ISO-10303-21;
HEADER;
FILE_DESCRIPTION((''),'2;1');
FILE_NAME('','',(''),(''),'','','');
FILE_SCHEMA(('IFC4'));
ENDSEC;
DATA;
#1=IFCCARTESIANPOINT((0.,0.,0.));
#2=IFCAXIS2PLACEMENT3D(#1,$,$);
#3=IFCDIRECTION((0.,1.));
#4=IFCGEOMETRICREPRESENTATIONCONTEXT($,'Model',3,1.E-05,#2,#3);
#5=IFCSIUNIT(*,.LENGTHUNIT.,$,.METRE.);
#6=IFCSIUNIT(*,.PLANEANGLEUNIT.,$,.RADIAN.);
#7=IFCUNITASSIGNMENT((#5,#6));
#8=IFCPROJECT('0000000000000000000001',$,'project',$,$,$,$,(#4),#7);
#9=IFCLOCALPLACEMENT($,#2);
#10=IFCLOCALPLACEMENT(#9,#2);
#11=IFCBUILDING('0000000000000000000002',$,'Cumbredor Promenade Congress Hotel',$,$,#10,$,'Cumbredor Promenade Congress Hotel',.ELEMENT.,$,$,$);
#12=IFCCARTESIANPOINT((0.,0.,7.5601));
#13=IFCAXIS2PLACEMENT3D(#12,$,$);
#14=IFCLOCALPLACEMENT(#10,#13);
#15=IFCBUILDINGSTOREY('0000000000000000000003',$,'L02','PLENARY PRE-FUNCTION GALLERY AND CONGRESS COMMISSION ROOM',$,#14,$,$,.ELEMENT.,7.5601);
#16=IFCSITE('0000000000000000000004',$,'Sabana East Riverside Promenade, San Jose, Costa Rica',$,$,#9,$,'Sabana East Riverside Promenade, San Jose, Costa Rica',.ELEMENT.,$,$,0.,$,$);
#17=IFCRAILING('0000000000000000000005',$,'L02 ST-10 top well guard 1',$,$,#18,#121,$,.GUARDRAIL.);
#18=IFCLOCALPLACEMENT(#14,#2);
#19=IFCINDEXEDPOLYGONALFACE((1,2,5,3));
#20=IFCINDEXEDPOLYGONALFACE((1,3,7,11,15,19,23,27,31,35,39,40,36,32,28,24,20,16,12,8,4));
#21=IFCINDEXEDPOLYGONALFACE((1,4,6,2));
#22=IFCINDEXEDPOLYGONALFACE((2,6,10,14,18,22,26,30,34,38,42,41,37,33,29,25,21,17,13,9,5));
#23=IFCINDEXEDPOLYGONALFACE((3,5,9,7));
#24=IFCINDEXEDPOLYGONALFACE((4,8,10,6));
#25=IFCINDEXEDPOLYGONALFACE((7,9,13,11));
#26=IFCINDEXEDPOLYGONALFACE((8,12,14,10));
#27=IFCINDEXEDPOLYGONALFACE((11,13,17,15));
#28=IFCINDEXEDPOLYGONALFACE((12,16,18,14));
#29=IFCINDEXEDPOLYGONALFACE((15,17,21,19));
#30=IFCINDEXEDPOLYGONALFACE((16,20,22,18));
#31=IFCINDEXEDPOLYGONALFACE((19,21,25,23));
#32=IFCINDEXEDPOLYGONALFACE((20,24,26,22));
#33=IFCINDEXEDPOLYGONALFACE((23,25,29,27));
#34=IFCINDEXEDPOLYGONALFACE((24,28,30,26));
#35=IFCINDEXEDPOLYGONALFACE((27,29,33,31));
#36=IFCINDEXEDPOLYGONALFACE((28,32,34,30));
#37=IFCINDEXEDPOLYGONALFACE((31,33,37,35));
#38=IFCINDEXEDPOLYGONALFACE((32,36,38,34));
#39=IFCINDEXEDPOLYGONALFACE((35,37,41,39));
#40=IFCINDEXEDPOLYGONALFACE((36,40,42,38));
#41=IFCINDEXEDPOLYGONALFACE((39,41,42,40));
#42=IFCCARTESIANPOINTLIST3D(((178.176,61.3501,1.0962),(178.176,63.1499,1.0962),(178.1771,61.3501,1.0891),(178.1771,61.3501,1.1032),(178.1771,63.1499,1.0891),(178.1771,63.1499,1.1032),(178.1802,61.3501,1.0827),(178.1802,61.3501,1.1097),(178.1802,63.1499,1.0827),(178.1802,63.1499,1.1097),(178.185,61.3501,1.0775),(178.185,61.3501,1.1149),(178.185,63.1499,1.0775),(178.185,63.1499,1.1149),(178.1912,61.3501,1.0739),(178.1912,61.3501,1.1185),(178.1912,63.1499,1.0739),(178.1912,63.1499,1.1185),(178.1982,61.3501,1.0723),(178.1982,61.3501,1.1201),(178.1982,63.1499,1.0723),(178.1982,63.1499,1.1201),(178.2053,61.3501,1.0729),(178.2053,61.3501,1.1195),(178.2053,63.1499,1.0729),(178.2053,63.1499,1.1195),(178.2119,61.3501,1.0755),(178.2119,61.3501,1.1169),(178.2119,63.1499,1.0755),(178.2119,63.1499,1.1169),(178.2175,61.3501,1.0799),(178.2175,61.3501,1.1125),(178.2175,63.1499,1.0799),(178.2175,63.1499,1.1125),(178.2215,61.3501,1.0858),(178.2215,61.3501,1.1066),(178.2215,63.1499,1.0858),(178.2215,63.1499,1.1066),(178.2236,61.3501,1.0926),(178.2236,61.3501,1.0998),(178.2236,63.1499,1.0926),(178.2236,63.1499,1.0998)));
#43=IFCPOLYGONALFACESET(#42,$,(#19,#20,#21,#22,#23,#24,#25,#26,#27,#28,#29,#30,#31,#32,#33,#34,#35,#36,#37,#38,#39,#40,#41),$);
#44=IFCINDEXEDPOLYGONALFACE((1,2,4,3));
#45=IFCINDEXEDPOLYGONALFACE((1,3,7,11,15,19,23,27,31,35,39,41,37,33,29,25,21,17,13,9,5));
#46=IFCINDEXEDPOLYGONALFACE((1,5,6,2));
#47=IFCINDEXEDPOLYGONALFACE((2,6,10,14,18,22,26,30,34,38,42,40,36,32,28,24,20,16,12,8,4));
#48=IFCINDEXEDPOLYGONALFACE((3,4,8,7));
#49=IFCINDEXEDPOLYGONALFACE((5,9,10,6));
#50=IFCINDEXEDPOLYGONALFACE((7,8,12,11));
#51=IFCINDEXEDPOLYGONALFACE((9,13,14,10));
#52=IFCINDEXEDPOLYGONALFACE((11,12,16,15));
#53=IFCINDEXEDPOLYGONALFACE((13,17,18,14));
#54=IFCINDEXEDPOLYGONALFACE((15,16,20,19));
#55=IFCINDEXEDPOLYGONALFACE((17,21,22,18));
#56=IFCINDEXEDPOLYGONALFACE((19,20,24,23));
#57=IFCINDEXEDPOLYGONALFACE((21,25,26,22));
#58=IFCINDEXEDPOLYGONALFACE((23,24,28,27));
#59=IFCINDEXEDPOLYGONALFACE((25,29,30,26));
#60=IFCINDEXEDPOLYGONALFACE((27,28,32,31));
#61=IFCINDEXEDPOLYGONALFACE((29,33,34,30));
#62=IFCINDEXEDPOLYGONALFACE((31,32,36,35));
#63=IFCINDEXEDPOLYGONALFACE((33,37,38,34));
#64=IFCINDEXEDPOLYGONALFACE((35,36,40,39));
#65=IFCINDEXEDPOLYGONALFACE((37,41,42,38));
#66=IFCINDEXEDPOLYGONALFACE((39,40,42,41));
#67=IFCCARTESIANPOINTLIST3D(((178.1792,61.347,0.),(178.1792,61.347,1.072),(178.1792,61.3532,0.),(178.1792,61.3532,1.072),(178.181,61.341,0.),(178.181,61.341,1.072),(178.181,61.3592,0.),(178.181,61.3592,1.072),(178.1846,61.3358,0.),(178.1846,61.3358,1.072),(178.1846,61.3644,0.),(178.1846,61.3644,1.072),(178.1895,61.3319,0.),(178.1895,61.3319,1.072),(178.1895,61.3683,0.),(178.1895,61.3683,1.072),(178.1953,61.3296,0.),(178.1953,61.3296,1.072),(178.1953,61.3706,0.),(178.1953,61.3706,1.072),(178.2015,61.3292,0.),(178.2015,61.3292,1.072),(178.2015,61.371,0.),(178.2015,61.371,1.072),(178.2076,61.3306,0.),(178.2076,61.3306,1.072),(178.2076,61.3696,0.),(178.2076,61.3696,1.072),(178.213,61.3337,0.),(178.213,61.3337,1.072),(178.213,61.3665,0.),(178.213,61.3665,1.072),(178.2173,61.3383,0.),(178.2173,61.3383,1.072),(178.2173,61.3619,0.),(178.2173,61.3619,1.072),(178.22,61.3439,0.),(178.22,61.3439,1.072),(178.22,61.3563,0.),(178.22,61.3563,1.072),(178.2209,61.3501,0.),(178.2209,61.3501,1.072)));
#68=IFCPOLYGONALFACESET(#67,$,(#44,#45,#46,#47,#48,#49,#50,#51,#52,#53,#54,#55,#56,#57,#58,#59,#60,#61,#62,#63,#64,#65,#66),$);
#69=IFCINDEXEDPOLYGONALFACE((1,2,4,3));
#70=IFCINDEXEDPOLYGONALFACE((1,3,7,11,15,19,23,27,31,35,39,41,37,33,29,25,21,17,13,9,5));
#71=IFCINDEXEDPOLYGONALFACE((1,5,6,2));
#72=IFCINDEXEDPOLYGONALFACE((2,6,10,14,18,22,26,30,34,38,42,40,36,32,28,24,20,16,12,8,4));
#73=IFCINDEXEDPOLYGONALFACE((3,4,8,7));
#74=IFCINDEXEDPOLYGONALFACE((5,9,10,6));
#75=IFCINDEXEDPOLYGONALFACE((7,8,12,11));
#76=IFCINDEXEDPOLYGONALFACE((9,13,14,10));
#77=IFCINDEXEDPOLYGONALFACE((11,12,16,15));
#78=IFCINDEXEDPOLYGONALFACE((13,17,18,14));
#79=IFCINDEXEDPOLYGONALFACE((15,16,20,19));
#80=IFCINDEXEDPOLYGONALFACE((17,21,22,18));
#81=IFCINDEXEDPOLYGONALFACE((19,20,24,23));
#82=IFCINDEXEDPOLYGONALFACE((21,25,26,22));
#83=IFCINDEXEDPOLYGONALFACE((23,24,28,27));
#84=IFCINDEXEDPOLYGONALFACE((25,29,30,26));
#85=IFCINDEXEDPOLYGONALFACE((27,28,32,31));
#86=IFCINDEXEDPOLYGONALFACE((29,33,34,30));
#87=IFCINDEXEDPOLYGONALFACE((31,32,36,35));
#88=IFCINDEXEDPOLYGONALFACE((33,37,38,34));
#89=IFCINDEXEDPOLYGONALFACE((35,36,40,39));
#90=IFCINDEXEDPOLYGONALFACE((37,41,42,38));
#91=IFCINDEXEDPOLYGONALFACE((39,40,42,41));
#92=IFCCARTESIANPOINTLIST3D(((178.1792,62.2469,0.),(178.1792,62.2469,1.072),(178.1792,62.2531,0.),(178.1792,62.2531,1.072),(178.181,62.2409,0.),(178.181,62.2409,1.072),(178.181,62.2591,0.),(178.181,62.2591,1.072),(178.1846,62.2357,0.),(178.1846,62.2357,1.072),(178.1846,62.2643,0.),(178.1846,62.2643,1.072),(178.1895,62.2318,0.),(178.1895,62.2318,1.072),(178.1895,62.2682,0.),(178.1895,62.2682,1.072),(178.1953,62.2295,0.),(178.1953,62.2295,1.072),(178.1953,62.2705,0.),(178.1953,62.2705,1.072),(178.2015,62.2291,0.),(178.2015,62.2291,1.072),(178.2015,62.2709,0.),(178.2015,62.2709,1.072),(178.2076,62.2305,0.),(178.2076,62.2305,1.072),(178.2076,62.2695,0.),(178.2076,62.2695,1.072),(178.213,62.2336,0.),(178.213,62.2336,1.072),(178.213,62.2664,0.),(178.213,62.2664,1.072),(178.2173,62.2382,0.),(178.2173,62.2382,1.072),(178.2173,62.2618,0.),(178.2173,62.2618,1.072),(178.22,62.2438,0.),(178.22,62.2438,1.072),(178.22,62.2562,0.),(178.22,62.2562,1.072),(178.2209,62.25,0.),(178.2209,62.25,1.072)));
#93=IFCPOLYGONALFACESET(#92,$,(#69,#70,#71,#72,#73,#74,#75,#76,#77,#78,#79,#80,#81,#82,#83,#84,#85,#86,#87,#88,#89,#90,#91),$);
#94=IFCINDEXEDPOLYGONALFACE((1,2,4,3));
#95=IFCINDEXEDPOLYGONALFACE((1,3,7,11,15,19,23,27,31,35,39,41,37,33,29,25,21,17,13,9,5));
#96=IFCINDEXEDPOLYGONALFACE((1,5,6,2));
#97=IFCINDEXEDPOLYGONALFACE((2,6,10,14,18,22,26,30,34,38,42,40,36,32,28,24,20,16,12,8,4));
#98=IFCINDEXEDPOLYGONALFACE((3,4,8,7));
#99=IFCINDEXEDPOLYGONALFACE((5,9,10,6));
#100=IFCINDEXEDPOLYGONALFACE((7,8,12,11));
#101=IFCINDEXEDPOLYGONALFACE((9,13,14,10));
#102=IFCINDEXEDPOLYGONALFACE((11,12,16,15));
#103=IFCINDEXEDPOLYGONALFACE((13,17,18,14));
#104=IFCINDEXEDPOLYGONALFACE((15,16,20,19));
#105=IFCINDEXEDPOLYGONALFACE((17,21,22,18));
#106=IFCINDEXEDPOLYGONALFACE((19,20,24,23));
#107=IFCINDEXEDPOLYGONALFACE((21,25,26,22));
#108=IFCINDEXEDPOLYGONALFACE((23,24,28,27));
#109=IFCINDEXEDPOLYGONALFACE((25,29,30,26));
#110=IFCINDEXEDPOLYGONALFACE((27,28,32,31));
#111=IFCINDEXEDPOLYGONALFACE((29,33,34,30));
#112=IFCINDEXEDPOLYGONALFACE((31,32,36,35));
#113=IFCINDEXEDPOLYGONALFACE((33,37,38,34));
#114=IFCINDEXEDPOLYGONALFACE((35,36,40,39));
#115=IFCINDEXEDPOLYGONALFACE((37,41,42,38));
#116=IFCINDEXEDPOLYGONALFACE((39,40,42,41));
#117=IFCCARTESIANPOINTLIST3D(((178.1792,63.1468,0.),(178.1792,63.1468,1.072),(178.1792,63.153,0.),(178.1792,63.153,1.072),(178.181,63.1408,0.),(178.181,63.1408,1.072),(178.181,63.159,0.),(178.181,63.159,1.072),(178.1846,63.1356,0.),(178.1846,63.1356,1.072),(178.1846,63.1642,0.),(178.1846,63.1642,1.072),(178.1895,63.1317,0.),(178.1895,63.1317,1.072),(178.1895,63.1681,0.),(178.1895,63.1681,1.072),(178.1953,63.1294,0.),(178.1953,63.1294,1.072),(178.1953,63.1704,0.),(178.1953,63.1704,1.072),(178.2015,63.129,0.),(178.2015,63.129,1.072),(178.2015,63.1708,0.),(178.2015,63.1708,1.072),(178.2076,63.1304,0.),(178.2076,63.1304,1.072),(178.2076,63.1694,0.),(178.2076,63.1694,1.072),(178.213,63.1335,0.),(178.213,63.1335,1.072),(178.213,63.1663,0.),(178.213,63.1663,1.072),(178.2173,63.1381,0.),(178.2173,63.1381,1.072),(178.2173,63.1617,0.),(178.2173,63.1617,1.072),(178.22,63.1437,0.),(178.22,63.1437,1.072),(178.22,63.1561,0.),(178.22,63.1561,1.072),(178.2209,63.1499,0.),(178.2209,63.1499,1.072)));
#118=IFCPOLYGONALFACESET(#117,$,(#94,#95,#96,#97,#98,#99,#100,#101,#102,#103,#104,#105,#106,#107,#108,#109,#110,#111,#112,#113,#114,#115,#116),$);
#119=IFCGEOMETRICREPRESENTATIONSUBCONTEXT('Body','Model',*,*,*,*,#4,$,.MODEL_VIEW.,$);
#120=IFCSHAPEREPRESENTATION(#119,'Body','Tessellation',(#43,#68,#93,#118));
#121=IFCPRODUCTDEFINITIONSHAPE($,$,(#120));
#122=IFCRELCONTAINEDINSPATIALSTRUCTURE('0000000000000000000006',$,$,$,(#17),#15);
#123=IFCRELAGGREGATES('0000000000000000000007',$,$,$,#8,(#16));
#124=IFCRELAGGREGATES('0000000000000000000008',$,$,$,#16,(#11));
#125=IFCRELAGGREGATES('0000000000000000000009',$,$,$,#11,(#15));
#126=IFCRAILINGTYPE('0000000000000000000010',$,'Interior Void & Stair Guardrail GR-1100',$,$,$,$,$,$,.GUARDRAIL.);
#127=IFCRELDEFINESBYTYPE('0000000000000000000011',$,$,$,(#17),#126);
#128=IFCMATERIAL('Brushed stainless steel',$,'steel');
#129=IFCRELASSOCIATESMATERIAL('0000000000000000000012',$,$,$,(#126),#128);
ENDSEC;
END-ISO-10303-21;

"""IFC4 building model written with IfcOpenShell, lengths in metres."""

from ifc_helpers import new_model, si_unit, direction, frame, origin, origin_2d, place, context, subcontext, project, spatial, circle, extrude, material, type_object, element, save


model = new_model("IFC4")

# Units and contexts
model_context = context("Model", 3, precision=1e-05, world=origin(), true_north=direction((0.0, 1.0)))
body_context = subcontext(model_context, "Body", "Model", "MODEL_VIEW")
ifc_project = project(units=[si_unit("LENGTHUNIT", "METRE"), si_unit("PLANEANGLEUNIT", "RADIAN")], contexts=[model_context])

# Site, building, storey
site_placement = place(None, origin())
site = spatial("IfcSite", under=ifc_project, at=site_placement, Name="Sabana East Riverside Promenade, San Jose, Costa Rica", LongName="Sabana East Riverside Promenade, San Jose, Costa Rica", CompositionType="ELEMENT", RefElevation=0.0)
building_placement = place(site_placement, origin())
building = spatial("IfcBuilding", under=site, at=building_placement, Name="Cumbredor Promenade Congress Hotel", LongName="Cumbredor Promenade Congress Hotel", CompositionType="ELEMENT")
storey_placement = place(building_placement, frame((0.0, 0.0, 7.5601)))
storey = spatial("IfcBuildingStorey", under=building, at=storey_placement, Name="L02", Description="PLENARY PRE-FUNCTION GALLERY AND CONGRESS COMMISSION ROOM", CompositionType="ELEMENT", Elevation=7.5601)

# Railing
ifc_material_1 = material(Name="Brushed stainless steel", Category="steel")
railing_type = type_object("IfcRailingType", Name="Interior Void & Stair Guardrail GR-1100", PredefinedType="GUARDRAIL", material=ifc_material_1)
railing_placement = place(storey_placement, frame((178.2, 61.3501, 0.0)))
element("IfcRailing", 1, at=railing_placement, inside=storey, type_object=railing_type, Name="L02 ST-10 top well guard 1", PredefinedType="GUARDRAIL", context=body_context, shape_type="SweptSolid", body=[
    extrude(circle(Radius=0.0239, at=origin_2d()), frame((0.0, 0.0, 1.0962), z_axis=(0.0, 1.0, 0.0), x_axis=(-1.0, 0.0, 0.0)), (0.0, 0.0, 1.0), 1.7998),
    extrude(circle(Radius=0.021, at=origin_2d()), origin(), (0.0, 0.0, 1.0), 1.072),
    extrude(circle(Radius=0.021, at=origin_2d()), frame((0.0, 0.8999, 0.0)), (0.0, 0.0, 1.0), 1.072),
    extrude(circle(Radius=0.021, at=origin_2d()), frame((0.0, 1.7998, 0.0)), (0.0, 0.0, 1.0), 1.072),
])

save(model, "model.ifc")
